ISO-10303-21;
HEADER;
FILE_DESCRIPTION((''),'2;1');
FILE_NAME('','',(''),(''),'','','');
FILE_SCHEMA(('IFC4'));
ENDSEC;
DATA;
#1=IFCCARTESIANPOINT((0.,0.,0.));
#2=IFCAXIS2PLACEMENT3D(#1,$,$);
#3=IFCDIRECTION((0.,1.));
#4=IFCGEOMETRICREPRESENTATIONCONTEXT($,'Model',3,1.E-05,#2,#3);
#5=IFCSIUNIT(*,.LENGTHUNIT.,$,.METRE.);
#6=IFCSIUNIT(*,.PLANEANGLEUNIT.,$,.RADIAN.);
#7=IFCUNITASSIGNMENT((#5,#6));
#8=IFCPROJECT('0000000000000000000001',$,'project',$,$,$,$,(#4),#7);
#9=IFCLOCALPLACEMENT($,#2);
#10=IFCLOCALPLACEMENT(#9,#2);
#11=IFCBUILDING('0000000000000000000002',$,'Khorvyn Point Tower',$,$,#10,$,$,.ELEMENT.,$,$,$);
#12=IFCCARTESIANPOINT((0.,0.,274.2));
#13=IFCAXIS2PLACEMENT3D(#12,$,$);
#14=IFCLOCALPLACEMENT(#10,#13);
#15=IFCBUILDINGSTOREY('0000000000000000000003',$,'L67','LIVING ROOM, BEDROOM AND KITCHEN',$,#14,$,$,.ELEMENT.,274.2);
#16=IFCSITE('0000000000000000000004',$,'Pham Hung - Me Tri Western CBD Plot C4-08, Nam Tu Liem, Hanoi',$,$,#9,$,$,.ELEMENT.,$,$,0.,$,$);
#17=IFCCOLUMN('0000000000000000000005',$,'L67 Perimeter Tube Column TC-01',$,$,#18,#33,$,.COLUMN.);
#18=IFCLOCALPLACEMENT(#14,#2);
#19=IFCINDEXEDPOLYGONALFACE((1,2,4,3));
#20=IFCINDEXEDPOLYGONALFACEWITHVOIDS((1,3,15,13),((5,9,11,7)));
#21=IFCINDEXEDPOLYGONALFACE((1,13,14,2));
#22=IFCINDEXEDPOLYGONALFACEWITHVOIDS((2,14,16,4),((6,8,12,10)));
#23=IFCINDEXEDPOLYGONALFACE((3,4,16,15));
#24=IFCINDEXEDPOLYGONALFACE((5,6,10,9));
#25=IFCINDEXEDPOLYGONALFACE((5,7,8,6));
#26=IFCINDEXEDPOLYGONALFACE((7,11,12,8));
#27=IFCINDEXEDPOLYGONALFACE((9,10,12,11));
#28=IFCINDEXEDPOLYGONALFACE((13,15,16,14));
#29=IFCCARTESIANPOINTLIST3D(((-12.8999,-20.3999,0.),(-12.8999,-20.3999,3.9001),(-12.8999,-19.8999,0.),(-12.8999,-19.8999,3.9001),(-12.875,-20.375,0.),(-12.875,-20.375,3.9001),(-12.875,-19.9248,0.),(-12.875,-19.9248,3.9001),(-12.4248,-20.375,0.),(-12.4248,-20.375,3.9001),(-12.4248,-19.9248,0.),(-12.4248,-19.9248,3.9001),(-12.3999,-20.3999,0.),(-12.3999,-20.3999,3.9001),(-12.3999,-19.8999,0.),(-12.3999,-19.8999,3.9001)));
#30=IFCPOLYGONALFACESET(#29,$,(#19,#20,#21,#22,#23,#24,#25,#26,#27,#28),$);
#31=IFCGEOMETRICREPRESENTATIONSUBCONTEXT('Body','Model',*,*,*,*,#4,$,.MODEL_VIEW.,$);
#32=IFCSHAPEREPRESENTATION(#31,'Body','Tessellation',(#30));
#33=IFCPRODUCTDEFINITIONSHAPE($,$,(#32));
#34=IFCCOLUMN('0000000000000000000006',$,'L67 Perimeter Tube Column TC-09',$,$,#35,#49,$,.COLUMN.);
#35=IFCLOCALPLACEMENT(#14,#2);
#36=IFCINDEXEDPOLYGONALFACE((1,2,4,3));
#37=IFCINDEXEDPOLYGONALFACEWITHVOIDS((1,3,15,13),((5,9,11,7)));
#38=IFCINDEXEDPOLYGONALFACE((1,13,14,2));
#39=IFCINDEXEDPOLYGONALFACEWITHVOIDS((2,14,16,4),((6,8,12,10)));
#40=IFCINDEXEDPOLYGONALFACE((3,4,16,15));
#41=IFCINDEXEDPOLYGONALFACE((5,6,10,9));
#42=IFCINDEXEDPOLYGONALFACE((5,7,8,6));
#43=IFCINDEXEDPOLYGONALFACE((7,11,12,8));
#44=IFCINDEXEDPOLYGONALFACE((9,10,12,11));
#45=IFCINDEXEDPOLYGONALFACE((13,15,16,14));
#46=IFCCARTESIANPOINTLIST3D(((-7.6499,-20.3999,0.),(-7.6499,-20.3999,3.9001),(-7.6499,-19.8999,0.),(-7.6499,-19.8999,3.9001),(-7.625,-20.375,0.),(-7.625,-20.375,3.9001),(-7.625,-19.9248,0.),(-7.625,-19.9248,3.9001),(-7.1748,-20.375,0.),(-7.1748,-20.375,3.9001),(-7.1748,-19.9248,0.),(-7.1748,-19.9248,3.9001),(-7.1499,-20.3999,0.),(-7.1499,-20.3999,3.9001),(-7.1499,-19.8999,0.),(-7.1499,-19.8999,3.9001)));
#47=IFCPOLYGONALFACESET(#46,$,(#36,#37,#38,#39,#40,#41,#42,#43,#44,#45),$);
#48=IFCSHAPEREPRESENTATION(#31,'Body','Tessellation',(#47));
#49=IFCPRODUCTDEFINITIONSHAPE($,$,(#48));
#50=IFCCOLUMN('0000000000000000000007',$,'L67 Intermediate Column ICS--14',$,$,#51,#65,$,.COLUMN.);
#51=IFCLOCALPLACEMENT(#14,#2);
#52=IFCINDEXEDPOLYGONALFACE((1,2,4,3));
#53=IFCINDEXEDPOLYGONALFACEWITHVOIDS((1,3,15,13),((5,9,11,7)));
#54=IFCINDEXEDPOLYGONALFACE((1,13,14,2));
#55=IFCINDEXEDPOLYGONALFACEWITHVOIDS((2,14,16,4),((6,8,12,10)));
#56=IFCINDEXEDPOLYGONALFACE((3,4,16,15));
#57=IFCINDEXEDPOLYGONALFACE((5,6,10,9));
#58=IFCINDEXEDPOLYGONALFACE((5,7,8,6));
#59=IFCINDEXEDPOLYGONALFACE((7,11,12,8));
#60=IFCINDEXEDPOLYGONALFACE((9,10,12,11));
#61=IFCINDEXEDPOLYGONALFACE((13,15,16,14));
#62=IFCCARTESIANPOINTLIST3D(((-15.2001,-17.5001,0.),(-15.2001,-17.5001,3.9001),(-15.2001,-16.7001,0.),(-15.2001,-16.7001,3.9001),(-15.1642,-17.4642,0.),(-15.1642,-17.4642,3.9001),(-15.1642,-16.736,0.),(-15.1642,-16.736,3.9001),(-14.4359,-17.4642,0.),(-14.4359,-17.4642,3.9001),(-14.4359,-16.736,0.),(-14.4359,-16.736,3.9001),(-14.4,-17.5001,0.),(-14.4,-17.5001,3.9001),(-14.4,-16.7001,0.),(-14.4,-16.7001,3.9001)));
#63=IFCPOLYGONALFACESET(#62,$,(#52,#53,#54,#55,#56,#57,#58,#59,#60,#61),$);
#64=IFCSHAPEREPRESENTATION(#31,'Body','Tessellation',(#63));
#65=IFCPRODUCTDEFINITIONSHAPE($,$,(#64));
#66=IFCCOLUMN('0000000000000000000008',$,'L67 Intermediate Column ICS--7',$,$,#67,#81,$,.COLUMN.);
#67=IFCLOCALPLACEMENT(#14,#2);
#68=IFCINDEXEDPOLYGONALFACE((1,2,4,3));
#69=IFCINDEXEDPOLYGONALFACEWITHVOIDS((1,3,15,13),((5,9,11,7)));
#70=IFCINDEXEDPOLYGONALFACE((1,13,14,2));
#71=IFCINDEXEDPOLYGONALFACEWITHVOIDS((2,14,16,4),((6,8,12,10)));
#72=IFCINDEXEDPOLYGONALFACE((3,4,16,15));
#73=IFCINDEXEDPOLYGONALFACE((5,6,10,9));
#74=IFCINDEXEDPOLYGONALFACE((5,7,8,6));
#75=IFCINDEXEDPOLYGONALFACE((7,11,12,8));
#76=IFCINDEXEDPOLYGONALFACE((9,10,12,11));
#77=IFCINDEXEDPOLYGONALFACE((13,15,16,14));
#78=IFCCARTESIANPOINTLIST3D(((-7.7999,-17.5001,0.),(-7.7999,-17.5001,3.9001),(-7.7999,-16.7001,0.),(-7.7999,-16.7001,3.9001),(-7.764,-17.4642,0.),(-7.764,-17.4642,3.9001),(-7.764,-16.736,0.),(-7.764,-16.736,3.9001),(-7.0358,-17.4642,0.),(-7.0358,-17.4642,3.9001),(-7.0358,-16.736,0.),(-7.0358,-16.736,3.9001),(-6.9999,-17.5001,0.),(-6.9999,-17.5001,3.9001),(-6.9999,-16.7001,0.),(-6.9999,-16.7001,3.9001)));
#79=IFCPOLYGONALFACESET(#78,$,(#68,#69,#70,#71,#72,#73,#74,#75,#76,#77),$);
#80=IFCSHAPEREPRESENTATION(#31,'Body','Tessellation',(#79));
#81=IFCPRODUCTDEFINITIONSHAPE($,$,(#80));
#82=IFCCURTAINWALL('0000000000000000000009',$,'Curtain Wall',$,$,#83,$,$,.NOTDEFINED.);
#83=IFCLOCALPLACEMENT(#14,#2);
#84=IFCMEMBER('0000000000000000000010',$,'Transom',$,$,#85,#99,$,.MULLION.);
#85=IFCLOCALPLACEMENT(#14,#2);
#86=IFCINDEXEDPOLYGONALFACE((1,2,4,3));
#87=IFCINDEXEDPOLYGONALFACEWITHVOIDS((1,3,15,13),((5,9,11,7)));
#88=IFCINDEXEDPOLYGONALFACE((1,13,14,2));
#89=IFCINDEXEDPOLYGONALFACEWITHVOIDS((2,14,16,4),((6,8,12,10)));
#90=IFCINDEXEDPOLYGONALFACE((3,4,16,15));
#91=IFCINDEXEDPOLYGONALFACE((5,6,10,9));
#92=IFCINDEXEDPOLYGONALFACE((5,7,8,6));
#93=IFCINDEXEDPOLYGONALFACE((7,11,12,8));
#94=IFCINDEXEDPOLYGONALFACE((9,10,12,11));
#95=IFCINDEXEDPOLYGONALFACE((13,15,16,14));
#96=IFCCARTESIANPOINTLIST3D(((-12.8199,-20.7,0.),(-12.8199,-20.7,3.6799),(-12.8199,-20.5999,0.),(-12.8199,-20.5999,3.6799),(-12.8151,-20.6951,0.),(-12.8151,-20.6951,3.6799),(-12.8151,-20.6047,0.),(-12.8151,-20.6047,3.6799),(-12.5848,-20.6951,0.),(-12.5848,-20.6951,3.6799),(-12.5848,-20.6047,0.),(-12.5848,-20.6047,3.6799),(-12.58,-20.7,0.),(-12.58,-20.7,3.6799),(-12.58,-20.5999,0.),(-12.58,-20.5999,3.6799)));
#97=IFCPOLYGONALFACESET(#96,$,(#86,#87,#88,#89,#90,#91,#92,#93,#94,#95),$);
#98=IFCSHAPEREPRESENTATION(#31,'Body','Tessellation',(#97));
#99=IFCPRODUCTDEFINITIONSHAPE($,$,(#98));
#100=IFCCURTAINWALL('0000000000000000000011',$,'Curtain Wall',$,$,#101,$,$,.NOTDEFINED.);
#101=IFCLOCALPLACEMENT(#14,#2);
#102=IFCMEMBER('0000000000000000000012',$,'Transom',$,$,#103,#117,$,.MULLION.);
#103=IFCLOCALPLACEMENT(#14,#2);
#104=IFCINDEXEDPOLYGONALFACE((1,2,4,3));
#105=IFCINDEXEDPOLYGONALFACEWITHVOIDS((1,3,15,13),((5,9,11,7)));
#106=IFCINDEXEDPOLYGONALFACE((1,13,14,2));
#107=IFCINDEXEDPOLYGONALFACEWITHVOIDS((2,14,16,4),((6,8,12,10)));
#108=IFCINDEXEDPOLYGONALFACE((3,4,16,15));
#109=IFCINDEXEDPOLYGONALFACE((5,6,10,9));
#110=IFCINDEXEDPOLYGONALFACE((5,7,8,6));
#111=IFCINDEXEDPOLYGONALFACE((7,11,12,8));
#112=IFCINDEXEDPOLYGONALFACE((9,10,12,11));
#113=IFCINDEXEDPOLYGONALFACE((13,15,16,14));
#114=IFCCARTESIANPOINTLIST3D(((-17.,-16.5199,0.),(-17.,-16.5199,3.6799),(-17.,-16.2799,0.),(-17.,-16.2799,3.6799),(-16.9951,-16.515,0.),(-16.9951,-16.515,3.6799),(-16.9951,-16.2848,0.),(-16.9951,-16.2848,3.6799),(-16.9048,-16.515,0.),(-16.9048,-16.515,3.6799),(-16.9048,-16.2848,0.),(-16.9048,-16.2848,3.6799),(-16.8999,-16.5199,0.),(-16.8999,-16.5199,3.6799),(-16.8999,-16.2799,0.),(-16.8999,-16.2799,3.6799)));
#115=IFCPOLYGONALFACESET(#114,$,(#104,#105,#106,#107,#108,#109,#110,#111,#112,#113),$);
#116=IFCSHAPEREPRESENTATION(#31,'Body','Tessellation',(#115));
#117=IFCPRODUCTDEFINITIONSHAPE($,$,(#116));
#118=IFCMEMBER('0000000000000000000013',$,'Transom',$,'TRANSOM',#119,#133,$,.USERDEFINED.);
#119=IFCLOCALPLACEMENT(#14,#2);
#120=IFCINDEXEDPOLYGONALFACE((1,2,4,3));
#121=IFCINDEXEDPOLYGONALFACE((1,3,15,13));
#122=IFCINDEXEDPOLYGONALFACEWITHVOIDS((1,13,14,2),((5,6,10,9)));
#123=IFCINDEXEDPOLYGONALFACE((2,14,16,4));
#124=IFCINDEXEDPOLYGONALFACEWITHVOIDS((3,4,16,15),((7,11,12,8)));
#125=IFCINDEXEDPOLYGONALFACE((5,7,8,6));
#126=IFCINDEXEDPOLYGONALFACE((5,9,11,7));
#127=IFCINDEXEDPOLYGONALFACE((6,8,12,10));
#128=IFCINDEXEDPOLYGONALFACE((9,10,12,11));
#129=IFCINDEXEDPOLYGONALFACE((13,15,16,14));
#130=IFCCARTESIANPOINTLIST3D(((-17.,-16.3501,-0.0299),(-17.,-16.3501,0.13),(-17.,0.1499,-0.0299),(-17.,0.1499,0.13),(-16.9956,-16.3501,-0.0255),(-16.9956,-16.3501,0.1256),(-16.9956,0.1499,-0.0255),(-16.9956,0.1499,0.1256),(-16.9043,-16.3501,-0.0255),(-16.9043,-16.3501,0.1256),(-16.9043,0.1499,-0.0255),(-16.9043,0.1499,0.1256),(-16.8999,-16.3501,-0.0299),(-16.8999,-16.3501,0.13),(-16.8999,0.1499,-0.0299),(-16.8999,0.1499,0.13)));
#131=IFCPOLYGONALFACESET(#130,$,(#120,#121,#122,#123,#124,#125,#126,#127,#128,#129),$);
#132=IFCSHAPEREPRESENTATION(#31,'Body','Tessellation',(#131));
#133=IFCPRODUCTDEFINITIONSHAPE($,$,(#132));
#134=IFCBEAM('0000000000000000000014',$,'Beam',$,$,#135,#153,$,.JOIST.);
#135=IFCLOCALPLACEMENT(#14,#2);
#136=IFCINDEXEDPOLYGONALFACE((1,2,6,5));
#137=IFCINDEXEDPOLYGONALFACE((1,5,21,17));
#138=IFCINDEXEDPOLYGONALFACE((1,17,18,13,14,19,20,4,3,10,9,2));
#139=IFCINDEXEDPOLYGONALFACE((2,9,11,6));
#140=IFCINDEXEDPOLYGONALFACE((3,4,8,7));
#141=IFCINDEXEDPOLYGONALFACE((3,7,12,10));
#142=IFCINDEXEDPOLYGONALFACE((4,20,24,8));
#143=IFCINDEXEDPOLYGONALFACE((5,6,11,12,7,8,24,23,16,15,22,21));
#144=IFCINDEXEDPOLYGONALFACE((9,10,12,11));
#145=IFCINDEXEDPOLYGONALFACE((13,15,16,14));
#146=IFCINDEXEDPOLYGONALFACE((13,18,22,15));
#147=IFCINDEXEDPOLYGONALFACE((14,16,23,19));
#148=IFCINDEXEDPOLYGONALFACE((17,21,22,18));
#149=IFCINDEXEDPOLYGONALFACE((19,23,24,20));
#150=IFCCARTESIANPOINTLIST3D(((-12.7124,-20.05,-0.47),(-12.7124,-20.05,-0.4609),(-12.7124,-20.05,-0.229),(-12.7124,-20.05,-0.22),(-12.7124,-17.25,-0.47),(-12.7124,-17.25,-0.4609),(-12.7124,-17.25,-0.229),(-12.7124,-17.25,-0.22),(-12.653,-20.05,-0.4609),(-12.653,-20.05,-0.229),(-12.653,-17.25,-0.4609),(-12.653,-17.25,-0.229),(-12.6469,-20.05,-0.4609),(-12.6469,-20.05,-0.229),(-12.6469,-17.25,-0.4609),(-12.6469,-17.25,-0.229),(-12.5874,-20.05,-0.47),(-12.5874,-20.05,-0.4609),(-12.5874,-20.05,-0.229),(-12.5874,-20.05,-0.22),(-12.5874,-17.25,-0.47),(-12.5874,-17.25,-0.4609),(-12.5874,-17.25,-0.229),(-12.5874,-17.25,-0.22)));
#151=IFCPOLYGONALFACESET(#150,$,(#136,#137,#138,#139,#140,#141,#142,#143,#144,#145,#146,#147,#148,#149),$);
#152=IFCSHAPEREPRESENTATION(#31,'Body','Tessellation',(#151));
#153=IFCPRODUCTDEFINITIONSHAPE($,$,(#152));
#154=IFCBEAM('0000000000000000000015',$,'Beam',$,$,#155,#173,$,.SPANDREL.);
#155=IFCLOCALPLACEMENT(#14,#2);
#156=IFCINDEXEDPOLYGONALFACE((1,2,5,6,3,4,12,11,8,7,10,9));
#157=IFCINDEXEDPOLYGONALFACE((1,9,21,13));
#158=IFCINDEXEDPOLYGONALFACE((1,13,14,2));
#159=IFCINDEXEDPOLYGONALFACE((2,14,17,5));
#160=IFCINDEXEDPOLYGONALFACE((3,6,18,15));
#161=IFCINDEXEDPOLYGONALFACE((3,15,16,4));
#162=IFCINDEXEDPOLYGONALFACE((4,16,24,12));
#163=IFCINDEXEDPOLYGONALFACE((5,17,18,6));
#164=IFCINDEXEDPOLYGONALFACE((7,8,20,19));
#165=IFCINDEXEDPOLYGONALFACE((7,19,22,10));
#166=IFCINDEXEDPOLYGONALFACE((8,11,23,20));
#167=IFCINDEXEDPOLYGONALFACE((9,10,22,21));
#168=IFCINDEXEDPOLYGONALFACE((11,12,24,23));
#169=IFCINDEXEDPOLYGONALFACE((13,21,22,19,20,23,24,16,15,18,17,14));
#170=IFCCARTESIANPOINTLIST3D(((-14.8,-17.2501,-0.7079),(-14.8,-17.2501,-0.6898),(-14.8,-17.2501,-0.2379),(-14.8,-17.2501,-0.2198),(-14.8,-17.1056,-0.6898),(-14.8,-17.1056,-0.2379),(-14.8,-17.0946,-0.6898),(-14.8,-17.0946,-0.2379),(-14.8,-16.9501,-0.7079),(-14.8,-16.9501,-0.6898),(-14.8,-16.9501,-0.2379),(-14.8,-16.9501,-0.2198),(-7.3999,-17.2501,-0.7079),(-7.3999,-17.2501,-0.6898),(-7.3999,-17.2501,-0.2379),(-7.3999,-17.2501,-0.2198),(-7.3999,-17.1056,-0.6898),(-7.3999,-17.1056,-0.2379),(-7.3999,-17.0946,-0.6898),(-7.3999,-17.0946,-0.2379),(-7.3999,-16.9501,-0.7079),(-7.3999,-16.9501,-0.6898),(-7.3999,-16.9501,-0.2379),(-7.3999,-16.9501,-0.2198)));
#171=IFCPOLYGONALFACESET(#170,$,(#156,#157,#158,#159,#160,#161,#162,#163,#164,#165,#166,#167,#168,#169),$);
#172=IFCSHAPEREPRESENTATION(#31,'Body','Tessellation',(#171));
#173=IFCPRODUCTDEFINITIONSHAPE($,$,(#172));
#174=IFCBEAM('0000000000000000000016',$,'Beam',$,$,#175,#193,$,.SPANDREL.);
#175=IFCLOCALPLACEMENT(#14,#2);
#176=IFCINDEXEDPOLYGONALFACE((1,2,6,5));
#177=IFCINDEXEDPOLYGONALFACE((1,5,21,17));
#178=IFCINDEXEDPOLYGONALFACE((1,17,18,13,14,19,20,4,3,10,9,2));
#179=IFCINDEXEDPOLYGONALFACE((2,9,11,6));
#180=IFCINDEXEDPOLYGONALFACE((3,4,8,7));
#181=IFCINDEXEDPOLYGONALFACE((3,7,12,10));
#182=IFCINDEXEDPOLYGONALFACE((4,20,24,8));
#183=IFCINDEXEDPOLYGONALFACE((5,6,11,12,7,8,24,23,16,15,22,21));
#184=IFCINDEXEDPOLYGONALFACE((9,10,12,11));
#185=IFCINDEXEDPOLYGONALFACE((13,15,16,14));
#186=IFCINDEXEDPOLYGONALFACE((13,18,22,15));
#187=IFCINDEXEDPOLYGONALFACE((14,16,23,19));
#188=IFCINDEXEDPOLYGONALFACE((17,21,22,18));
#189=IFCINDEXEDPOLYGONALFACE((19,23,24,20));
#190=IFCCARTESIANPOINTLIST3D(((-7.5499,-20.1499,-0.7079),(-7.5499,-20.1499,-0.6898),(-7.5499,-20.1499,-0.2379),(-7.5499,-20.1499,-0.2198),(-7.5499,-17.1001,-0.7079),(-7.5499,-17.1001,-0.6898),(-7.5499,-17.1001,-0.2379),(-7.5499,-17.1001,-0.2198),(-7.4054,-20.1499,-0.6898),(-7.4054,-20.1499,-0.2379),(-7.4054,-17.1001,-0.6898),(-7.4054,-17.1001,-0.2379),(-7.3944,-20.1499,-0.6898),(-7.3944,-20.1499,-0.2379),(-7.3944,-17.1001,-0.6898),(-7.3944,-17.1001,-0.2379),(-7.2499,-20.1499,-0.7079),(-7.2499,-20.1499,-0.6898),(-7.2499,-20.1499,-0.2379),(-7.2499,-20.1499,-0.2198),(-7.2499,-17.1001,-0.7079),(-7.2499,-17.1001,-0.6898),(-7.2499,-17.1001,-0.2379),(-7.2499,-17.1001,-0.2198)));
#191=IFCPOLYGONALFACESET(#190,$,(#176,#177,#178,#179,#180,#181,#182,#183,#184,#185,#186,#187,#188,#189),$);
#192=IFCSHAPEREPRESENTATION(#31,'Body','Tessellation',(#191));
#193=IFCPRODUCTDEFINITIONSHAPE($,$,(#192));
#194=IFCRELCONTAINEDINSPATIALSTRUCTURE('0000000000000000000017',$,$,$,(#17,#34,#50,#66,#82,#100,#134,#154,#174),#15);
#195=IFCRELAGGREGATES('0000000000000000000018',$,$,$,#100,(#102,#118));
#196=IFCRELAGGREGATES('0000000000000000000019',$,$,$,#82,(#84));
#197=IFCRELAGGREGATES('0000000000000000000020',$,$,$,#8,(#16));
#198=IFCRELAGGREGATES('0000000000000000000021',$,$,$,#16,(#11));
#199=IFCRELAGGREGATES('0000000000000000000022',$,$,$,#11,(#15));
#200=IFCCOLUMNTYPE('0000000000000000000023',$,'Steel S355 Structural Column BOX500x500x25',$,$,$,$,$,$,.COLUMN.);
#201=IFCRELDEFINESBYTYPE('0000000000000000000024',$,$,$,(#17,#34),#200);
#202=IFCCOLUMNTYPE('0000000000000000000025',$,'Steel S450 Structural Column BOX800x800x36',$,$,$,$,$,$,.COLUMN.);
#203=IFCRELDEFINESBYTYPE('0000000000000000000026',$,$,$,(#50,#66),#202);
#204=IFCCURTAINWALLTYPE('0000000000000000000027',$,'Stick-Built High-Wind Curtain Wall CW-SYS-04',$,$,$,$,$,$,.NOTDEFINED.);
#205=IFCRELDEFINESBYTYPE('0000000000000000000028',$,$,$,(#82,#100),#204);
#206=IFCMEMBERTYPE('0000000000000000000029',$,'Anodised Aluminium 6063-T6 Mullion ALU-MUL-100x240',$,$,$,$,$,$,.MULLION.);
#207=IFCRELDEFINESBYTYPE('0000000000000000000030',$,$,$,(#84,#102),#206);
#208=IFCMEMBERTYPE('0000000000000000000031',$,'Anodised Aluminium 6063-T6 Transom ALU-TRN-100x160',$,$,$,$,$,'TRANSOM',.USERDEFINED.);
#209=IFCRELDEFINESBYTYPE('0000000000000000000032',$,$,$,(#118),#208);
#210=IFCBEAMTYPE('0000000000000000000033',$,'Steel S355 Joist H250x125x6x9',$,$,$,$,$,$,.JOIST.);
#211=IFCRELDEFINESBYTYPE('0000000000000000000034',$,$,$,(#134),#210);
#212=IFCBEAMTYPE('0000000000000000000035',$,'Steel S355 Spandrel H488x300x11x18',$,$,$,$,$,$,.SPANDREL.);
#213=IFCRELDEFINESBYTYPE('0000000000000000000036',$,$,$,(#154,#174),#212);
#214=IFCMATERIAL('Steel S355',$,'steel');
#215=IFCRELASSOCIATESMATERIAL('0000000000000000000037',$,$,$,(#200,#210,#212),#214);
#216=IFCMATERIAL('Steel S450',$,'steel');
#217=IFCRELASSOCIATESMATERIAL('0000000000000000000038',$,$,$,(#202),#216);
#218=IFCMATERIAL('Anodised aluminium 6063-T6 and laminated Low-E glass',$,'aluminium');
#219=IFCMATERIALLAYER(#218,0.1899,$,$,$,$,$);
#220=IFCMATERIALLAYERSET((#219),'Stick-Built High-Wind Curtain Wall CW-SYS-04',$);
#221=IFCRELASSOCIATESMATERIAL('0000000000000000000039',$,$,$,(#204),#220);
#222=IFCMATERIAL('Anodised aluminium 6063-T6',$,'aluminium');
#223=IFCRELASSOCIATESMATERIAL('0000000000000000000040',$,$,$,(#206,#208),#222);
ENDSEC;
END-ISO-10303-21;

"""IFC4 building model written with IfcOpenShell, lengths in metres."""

from ifc_helpers import new_model, si_unit, direction, frame, origin, origin_2d, place, context, subcontext, project, spatial, hollow_rectangle, i_section, extrude, material, layer, layer_set, material_profile, profile_set, type_object, element, aggregate, save


model = new_model("IFC4")

# Units and contexts
model_context = context("Model", 3, precision=1e-05, world=origin(), true_north=direction((0.0, 1.0)))
body_context = subcontext(model_context, "Body", "Model", "MODEL_VIEW")
ifc_project = project(units=[si_unit("LENGTHUNIT", "METRE"), si_unit("PLANEANGLEUNIT", "RADIAN")], contexts=[model_context])

# Site, building, storey
site_placement = place(None, origin())
site = spatial("IfcSite", under=ifc_project, at=site_placement, Name="Pham Hung - Me Tri Western CBD Plot C4-08, Nam Tu Liem, Hanoi", CompositionType="ELEMENT", RefElevation=0.0)
building_placement = place(site_placement, origin())
building = spatial("IfcBuilding", under=site, at=building_placement, Name="Khorvyn Point Tower", CompositionType="ELEMENT")
storey_placement = place(building_placement, frame((0.0, 0.0, 274.2)))
storey = spatial("IfcBuildingStorey", under=building, at=storey_placement, Name="L67", Description="LIVING ROOM, BEDROOM AND KITCHEN", CompositionType="ELEMENT", Elevation=274.2)

# Columns
ifc_material_1 = material(Name="Steel S355", Category="steel")
ifc_material_profile_1 = material_profile(ifc_material_1, hollow_rectangle(XDim=0.5, YDim=0.5, WallThickness=0.0249, at=origin_2d()))
ifc_profile_set_1 = profile_set([ifc_material_profile_1], Name="Steel S355 BOX500x500x25")
column_type_1 = type_object("IfcColumnType", Name="Steel S355 Structural Column BOX500x500x25", PredefinedType="COLUMN", material=ifc_profile_set_1)
for number, where, z_axis, x_axis, name in (
    (1, (-12.6499, -20.1499, 0.0), (0.0, 0.0, 1.0), (1.0, 0.0, 0.0), "L67 Perimeter Tube Column TC-01"),
    (2, (-7.3999, -20.1499, 0.0), (0.0, 0.0, 1.0), (1.0, 0.0, 0.0), "L67 Perimeter Tube Column TC-09"),
):
    element("IfcColumn", number, at=place(storey_placement, frame(where, z_axis=z_axis, x_axis=x_axis)), inside=storey, type_object=column_type_1, Name=name, PredefinedType="COLUMN", context=body_context, shape_type="SweptSolid", body=[
        extrude(hollow_rectangle(XDim=0.5, YDim=0.5, WallThickness=0.0249, at=origin_2d()), origin(), (0.0, 0.0, 1.0), 3.9001),
    ])
ifc_material_2 = material(Name="Steel S450", Category="steel")
ifc_material_profile_2 = material_profile(ifc_material_2, hollow_rectangle(XDim=0.8, YDim=0.8, WallThickness=0.0359, at=origin_2d()))
ifc_profile_set_2 = profile_set([ifc_material_profile_2], Name="Steel S450 BOX800x800x36")
column_type_2 = type_object("IfcColumnType", Name="Steel S450 Structural Column BOX800x800x36", PredefinedType="COLUMN", material=ifc_profile_set_2)
for number, where, z_axis, x_axis, name in (
    (3, (-14.8, -17.1001, 0.0), (0.0, 0.0, 1.0), (1.0, 0.0, 0.0), "L67 Intermediate Column ICS--14"),
    (4, (-7.3999, -17.1001, 0.0), (0.0, 0.0, 1.0), (1.0, 0.0, 0.0), "L67 Intermediate Column ICS--7"),
):
    element("IfcColumn", number, at=place(storey_placement, frame(where, z_axis=z_axis, x_axis=x_axis)), inside=storey, type_object=column_type_2, Name=name, PredefinedType="COLUMN", context=body_context, shape_type="SweptSolid", body=[
        extrude(hollow_rectangle(XDim=0.8, YDim=0.8, WallThickness=0.0359, at=origin_2d()), origin(), (0.0, 0.0, 1.0), 3.9001),
    ])

# Curtain wall, member
ifc_material_3 = material(Name="Anodised aluminium 6063-T6 and laminated Low-E glass", Category="aluminium")
ifc_layer_1 = layer(ifc_material_3, 0.1899)
ifc_layer_set_1 = layer_set([ifc_layer_1], Name="Stick-Built High-Wind Curtain Wall CW-SYS-04")
curtain_wall_type = type_object("IfcCurtainWallType", Name="Stick-Built High-Wind Curtain Wall CW-SYS-04", PredefinedType="NOTDEFINED", material=ifc_layer_set_1)
curtain_wall_1_placement = place(storey_placement, origin())
curtain_wall_1 = element("IfcCurtainWall", 5, at=curtain_wall_1_placement, inside=storey, type_object=curtain_wall_type, Name="Curtain Wall", PredefinedType="NOTDEFINED")
ifc_material_4 = material(Name="Anodised aluminium 6063-T6", Category="aluminium")
ifc_material_profile_3 = material_profile(ifc_material_4, hollow_rectangle(XDim=0.1001, YDim=0.24, WallThickness=0.0049, at=origin_2d()))
ifc_profile_set_3 = profile_set([ifc_material_profile_3], Name="Anodised aluminium 6063-T6 ALU-MUL-100x240")
member_type_1 = type_object("IfcMemberType", Name="Anodised Aluminium 6063-T6 Mullion ALU-MUL-100x240", PredefinedType="MULLION", material=ifc_profile_set_3)
member_1_placement = place(storey_placement, frame((-12.7, -20.6499, 0.0), z_axis=(0.0, 0.0, 1.0), x_axis=(0.0, -1.0, 0.0)))
member_1 = element("IfcMember", 6, at=member_1_placement, type_object=member_type_1, Name="Transom", PredefinedType="MULLION", context=body_context, shape_type="SweptSolid", body=[
    extrude(hollow_rectangle(XDim=0.1001, YDim=0.24, WallThickness=0.0049, at=origin_2d()), origin(), (0.0, 0.0, 1.0), 3.6799),
])

# Curtain wall, members
curtain_wall_2_placement = place(storey_placement, origin())
curtain_wall_2 = element("IfcCurtainWall", 7, at=curtain_wall_2_placement, inside=storey, type_object=curtain_wall_type, Name="Curtain Wall", PredefinedType="NOTDEFINED")
member_2_placement = place(storey_placement, frame((-16.95, -16.3999, 0.0), z_axis=(0.0, 0.0, 1.0), x_axis=(-1.0, 0.0, 0.0)))
member_2 = element("IfcMember", 8, at=member_2_placement, type_object=member_type_1, Name="Transom", PredefinedType="MULLION", context=body_context, shape_type="SweptSolid", body=[
    extrude(hollow_rectangle(XDim=0.1001, YDim=0.24, WallThickness=0.0049, at=origin_2d()), origin(), (0.0, 0.0, 1.0), 3.6799),
])
ifc_material_profile_4 = material_profile(ifc_material_4, hollow_rectangle(XDim=0.1001, YDim=0.1599, WallThickness=0.0044, at=origin_2d()))
ifc_profile_set_4 = profile_set([ifc_material_profile_4], Name="Anodised aluminium 6063-T6 ALU-TRN-100x160")
member_type_2 = type_object("IfcMemberType", Name="Anodised Aluminium 6063-T6 Transom ALU-TRN-100x160", ElementType="TRANSOM", PredefinedType="USERDEFINED", material=ifc_profile_set_4)
member_3_placement = place(storey_placement, frame((-16.95, -16.3501, 0.05), z_axis=(0.0, 1.0, 0.0), x_axis=(-1.0, 0.0, 0.0)))
member_3 = element("IfcMember", 9, at=member_3_placement, type_object=member_type_2, Name="Transom", ObjectType="TRANSOM", PredefinedType="USERDEFINED", context=body_context, shape_type="SweptSolid", body=[
    extrude(hollow_rectangle(XDim=0.1001, YDim=0.1599, WallThickness=0.0044, at=origin_2d()), origin(), (0.0, 0.0, 1.0), 16.5),
])
aggregate(curtain_wall_2, [member_2, member_3])

# Beams
ifc_material_profile_5 = material_profile(ifc_material_1, i_section(OverallWidth=0.125, OverallDepth=0.25, WebThickness=0.0061, FlangeThickness=0.009, at=origin_2d()))
ifc_profile_set_5 = profile_set([ifc_material_profile_5], Name="Steel S355 H250x125x6x9")
beam_type_1 = type_object("IfcBeamType", Name="Steel S355 Joist H250x125x6x9", PredefinedType="JOIST", material=ifc_profile_set_5)
beam_1_placement = place(storey_placement, frame((-12.6499, -20.05, -0.345), z_axis=(0.0, 1.0, 0.0), x_axis=(-1.0, 0.0, 0.0)))
element("IfcBeam", 10, at=beam_1_placement, inside=storey, type_object=beam_type_1, Name="Beam", PredefinedType="JOIST", context=body_context, shape_type="SweptSolid", body=[
    extrude(i_section(OverallWidth=0.125, OverallDepth=0.25, WebThickness=0.0061, FlangeThickness=0.009, at=origin_2d()), origin(), (0.0, 0.0, 1.0), 2.8),
])
ifc_material_profile_6 = material_profile(ifc_material_1, i_section(OverallWidth=0.3, OverallDepth=0.488, WebThickness=0.011, FlangeThickness=0.0181, at=origin_2d()))
ifc_profile_set_6 = profile_set([ifc_material_profile_6], Name="Steel S355 H488x300x11x18")
beam_type_2 = type_object("IfcBeamType", Name="Steel S355 Spandrel H488x300x11x18", PredefinedType="SPANDREL", material=ifc_profile_set_6)
beam_2_placement = place(storey_placement, frame((-14.8, -17.1001, -0.4639), z_axis=(1.0, 0.0, 0.0), x_axis=(0.0, 1.0, 0.0)))
element("IfcBeam", 11, at=beam_2_placement, inside=storey, type_object=beam_type_2, Name="Beam", PredefinedType="SPANDREL", context=body_context, shape_type="SweptSolid", body=[
    extrude(i_section(OverallWidth=0.3, OverallDepth=0.488, WebThickness=0.011, FlangeThickness=0.0181, at=origin_2d()), origin(), (0.0, 0.0, 1.0), 7.4001),
])
beam_3_placement = place(storey_placement, frame((-7.3999, -20.1499, -0.4639), z_axis=(0.0, 1.0, 0.0), x_axis=(-1.0, 0.0, 0.0)))
element("IfcBeam", 12, at=beam_3_placement, inside=storey, type_object=beam_type_2, Name="Beam", PredefinedType="SPANDREL", context=body_context, shape_type="SweptSolid", body=[
    extrude(i_section(OverallWidth=0.3, OverallDepth=0.488, WebThickness=0.011, FlangeThickness=0.0181, at=origin_2d()), origin(), (0.0, 0.0, 1.0), 3.0498),
])

aggregate(curtain_wall_1, [member_1])

save(model, "model.ifc")
